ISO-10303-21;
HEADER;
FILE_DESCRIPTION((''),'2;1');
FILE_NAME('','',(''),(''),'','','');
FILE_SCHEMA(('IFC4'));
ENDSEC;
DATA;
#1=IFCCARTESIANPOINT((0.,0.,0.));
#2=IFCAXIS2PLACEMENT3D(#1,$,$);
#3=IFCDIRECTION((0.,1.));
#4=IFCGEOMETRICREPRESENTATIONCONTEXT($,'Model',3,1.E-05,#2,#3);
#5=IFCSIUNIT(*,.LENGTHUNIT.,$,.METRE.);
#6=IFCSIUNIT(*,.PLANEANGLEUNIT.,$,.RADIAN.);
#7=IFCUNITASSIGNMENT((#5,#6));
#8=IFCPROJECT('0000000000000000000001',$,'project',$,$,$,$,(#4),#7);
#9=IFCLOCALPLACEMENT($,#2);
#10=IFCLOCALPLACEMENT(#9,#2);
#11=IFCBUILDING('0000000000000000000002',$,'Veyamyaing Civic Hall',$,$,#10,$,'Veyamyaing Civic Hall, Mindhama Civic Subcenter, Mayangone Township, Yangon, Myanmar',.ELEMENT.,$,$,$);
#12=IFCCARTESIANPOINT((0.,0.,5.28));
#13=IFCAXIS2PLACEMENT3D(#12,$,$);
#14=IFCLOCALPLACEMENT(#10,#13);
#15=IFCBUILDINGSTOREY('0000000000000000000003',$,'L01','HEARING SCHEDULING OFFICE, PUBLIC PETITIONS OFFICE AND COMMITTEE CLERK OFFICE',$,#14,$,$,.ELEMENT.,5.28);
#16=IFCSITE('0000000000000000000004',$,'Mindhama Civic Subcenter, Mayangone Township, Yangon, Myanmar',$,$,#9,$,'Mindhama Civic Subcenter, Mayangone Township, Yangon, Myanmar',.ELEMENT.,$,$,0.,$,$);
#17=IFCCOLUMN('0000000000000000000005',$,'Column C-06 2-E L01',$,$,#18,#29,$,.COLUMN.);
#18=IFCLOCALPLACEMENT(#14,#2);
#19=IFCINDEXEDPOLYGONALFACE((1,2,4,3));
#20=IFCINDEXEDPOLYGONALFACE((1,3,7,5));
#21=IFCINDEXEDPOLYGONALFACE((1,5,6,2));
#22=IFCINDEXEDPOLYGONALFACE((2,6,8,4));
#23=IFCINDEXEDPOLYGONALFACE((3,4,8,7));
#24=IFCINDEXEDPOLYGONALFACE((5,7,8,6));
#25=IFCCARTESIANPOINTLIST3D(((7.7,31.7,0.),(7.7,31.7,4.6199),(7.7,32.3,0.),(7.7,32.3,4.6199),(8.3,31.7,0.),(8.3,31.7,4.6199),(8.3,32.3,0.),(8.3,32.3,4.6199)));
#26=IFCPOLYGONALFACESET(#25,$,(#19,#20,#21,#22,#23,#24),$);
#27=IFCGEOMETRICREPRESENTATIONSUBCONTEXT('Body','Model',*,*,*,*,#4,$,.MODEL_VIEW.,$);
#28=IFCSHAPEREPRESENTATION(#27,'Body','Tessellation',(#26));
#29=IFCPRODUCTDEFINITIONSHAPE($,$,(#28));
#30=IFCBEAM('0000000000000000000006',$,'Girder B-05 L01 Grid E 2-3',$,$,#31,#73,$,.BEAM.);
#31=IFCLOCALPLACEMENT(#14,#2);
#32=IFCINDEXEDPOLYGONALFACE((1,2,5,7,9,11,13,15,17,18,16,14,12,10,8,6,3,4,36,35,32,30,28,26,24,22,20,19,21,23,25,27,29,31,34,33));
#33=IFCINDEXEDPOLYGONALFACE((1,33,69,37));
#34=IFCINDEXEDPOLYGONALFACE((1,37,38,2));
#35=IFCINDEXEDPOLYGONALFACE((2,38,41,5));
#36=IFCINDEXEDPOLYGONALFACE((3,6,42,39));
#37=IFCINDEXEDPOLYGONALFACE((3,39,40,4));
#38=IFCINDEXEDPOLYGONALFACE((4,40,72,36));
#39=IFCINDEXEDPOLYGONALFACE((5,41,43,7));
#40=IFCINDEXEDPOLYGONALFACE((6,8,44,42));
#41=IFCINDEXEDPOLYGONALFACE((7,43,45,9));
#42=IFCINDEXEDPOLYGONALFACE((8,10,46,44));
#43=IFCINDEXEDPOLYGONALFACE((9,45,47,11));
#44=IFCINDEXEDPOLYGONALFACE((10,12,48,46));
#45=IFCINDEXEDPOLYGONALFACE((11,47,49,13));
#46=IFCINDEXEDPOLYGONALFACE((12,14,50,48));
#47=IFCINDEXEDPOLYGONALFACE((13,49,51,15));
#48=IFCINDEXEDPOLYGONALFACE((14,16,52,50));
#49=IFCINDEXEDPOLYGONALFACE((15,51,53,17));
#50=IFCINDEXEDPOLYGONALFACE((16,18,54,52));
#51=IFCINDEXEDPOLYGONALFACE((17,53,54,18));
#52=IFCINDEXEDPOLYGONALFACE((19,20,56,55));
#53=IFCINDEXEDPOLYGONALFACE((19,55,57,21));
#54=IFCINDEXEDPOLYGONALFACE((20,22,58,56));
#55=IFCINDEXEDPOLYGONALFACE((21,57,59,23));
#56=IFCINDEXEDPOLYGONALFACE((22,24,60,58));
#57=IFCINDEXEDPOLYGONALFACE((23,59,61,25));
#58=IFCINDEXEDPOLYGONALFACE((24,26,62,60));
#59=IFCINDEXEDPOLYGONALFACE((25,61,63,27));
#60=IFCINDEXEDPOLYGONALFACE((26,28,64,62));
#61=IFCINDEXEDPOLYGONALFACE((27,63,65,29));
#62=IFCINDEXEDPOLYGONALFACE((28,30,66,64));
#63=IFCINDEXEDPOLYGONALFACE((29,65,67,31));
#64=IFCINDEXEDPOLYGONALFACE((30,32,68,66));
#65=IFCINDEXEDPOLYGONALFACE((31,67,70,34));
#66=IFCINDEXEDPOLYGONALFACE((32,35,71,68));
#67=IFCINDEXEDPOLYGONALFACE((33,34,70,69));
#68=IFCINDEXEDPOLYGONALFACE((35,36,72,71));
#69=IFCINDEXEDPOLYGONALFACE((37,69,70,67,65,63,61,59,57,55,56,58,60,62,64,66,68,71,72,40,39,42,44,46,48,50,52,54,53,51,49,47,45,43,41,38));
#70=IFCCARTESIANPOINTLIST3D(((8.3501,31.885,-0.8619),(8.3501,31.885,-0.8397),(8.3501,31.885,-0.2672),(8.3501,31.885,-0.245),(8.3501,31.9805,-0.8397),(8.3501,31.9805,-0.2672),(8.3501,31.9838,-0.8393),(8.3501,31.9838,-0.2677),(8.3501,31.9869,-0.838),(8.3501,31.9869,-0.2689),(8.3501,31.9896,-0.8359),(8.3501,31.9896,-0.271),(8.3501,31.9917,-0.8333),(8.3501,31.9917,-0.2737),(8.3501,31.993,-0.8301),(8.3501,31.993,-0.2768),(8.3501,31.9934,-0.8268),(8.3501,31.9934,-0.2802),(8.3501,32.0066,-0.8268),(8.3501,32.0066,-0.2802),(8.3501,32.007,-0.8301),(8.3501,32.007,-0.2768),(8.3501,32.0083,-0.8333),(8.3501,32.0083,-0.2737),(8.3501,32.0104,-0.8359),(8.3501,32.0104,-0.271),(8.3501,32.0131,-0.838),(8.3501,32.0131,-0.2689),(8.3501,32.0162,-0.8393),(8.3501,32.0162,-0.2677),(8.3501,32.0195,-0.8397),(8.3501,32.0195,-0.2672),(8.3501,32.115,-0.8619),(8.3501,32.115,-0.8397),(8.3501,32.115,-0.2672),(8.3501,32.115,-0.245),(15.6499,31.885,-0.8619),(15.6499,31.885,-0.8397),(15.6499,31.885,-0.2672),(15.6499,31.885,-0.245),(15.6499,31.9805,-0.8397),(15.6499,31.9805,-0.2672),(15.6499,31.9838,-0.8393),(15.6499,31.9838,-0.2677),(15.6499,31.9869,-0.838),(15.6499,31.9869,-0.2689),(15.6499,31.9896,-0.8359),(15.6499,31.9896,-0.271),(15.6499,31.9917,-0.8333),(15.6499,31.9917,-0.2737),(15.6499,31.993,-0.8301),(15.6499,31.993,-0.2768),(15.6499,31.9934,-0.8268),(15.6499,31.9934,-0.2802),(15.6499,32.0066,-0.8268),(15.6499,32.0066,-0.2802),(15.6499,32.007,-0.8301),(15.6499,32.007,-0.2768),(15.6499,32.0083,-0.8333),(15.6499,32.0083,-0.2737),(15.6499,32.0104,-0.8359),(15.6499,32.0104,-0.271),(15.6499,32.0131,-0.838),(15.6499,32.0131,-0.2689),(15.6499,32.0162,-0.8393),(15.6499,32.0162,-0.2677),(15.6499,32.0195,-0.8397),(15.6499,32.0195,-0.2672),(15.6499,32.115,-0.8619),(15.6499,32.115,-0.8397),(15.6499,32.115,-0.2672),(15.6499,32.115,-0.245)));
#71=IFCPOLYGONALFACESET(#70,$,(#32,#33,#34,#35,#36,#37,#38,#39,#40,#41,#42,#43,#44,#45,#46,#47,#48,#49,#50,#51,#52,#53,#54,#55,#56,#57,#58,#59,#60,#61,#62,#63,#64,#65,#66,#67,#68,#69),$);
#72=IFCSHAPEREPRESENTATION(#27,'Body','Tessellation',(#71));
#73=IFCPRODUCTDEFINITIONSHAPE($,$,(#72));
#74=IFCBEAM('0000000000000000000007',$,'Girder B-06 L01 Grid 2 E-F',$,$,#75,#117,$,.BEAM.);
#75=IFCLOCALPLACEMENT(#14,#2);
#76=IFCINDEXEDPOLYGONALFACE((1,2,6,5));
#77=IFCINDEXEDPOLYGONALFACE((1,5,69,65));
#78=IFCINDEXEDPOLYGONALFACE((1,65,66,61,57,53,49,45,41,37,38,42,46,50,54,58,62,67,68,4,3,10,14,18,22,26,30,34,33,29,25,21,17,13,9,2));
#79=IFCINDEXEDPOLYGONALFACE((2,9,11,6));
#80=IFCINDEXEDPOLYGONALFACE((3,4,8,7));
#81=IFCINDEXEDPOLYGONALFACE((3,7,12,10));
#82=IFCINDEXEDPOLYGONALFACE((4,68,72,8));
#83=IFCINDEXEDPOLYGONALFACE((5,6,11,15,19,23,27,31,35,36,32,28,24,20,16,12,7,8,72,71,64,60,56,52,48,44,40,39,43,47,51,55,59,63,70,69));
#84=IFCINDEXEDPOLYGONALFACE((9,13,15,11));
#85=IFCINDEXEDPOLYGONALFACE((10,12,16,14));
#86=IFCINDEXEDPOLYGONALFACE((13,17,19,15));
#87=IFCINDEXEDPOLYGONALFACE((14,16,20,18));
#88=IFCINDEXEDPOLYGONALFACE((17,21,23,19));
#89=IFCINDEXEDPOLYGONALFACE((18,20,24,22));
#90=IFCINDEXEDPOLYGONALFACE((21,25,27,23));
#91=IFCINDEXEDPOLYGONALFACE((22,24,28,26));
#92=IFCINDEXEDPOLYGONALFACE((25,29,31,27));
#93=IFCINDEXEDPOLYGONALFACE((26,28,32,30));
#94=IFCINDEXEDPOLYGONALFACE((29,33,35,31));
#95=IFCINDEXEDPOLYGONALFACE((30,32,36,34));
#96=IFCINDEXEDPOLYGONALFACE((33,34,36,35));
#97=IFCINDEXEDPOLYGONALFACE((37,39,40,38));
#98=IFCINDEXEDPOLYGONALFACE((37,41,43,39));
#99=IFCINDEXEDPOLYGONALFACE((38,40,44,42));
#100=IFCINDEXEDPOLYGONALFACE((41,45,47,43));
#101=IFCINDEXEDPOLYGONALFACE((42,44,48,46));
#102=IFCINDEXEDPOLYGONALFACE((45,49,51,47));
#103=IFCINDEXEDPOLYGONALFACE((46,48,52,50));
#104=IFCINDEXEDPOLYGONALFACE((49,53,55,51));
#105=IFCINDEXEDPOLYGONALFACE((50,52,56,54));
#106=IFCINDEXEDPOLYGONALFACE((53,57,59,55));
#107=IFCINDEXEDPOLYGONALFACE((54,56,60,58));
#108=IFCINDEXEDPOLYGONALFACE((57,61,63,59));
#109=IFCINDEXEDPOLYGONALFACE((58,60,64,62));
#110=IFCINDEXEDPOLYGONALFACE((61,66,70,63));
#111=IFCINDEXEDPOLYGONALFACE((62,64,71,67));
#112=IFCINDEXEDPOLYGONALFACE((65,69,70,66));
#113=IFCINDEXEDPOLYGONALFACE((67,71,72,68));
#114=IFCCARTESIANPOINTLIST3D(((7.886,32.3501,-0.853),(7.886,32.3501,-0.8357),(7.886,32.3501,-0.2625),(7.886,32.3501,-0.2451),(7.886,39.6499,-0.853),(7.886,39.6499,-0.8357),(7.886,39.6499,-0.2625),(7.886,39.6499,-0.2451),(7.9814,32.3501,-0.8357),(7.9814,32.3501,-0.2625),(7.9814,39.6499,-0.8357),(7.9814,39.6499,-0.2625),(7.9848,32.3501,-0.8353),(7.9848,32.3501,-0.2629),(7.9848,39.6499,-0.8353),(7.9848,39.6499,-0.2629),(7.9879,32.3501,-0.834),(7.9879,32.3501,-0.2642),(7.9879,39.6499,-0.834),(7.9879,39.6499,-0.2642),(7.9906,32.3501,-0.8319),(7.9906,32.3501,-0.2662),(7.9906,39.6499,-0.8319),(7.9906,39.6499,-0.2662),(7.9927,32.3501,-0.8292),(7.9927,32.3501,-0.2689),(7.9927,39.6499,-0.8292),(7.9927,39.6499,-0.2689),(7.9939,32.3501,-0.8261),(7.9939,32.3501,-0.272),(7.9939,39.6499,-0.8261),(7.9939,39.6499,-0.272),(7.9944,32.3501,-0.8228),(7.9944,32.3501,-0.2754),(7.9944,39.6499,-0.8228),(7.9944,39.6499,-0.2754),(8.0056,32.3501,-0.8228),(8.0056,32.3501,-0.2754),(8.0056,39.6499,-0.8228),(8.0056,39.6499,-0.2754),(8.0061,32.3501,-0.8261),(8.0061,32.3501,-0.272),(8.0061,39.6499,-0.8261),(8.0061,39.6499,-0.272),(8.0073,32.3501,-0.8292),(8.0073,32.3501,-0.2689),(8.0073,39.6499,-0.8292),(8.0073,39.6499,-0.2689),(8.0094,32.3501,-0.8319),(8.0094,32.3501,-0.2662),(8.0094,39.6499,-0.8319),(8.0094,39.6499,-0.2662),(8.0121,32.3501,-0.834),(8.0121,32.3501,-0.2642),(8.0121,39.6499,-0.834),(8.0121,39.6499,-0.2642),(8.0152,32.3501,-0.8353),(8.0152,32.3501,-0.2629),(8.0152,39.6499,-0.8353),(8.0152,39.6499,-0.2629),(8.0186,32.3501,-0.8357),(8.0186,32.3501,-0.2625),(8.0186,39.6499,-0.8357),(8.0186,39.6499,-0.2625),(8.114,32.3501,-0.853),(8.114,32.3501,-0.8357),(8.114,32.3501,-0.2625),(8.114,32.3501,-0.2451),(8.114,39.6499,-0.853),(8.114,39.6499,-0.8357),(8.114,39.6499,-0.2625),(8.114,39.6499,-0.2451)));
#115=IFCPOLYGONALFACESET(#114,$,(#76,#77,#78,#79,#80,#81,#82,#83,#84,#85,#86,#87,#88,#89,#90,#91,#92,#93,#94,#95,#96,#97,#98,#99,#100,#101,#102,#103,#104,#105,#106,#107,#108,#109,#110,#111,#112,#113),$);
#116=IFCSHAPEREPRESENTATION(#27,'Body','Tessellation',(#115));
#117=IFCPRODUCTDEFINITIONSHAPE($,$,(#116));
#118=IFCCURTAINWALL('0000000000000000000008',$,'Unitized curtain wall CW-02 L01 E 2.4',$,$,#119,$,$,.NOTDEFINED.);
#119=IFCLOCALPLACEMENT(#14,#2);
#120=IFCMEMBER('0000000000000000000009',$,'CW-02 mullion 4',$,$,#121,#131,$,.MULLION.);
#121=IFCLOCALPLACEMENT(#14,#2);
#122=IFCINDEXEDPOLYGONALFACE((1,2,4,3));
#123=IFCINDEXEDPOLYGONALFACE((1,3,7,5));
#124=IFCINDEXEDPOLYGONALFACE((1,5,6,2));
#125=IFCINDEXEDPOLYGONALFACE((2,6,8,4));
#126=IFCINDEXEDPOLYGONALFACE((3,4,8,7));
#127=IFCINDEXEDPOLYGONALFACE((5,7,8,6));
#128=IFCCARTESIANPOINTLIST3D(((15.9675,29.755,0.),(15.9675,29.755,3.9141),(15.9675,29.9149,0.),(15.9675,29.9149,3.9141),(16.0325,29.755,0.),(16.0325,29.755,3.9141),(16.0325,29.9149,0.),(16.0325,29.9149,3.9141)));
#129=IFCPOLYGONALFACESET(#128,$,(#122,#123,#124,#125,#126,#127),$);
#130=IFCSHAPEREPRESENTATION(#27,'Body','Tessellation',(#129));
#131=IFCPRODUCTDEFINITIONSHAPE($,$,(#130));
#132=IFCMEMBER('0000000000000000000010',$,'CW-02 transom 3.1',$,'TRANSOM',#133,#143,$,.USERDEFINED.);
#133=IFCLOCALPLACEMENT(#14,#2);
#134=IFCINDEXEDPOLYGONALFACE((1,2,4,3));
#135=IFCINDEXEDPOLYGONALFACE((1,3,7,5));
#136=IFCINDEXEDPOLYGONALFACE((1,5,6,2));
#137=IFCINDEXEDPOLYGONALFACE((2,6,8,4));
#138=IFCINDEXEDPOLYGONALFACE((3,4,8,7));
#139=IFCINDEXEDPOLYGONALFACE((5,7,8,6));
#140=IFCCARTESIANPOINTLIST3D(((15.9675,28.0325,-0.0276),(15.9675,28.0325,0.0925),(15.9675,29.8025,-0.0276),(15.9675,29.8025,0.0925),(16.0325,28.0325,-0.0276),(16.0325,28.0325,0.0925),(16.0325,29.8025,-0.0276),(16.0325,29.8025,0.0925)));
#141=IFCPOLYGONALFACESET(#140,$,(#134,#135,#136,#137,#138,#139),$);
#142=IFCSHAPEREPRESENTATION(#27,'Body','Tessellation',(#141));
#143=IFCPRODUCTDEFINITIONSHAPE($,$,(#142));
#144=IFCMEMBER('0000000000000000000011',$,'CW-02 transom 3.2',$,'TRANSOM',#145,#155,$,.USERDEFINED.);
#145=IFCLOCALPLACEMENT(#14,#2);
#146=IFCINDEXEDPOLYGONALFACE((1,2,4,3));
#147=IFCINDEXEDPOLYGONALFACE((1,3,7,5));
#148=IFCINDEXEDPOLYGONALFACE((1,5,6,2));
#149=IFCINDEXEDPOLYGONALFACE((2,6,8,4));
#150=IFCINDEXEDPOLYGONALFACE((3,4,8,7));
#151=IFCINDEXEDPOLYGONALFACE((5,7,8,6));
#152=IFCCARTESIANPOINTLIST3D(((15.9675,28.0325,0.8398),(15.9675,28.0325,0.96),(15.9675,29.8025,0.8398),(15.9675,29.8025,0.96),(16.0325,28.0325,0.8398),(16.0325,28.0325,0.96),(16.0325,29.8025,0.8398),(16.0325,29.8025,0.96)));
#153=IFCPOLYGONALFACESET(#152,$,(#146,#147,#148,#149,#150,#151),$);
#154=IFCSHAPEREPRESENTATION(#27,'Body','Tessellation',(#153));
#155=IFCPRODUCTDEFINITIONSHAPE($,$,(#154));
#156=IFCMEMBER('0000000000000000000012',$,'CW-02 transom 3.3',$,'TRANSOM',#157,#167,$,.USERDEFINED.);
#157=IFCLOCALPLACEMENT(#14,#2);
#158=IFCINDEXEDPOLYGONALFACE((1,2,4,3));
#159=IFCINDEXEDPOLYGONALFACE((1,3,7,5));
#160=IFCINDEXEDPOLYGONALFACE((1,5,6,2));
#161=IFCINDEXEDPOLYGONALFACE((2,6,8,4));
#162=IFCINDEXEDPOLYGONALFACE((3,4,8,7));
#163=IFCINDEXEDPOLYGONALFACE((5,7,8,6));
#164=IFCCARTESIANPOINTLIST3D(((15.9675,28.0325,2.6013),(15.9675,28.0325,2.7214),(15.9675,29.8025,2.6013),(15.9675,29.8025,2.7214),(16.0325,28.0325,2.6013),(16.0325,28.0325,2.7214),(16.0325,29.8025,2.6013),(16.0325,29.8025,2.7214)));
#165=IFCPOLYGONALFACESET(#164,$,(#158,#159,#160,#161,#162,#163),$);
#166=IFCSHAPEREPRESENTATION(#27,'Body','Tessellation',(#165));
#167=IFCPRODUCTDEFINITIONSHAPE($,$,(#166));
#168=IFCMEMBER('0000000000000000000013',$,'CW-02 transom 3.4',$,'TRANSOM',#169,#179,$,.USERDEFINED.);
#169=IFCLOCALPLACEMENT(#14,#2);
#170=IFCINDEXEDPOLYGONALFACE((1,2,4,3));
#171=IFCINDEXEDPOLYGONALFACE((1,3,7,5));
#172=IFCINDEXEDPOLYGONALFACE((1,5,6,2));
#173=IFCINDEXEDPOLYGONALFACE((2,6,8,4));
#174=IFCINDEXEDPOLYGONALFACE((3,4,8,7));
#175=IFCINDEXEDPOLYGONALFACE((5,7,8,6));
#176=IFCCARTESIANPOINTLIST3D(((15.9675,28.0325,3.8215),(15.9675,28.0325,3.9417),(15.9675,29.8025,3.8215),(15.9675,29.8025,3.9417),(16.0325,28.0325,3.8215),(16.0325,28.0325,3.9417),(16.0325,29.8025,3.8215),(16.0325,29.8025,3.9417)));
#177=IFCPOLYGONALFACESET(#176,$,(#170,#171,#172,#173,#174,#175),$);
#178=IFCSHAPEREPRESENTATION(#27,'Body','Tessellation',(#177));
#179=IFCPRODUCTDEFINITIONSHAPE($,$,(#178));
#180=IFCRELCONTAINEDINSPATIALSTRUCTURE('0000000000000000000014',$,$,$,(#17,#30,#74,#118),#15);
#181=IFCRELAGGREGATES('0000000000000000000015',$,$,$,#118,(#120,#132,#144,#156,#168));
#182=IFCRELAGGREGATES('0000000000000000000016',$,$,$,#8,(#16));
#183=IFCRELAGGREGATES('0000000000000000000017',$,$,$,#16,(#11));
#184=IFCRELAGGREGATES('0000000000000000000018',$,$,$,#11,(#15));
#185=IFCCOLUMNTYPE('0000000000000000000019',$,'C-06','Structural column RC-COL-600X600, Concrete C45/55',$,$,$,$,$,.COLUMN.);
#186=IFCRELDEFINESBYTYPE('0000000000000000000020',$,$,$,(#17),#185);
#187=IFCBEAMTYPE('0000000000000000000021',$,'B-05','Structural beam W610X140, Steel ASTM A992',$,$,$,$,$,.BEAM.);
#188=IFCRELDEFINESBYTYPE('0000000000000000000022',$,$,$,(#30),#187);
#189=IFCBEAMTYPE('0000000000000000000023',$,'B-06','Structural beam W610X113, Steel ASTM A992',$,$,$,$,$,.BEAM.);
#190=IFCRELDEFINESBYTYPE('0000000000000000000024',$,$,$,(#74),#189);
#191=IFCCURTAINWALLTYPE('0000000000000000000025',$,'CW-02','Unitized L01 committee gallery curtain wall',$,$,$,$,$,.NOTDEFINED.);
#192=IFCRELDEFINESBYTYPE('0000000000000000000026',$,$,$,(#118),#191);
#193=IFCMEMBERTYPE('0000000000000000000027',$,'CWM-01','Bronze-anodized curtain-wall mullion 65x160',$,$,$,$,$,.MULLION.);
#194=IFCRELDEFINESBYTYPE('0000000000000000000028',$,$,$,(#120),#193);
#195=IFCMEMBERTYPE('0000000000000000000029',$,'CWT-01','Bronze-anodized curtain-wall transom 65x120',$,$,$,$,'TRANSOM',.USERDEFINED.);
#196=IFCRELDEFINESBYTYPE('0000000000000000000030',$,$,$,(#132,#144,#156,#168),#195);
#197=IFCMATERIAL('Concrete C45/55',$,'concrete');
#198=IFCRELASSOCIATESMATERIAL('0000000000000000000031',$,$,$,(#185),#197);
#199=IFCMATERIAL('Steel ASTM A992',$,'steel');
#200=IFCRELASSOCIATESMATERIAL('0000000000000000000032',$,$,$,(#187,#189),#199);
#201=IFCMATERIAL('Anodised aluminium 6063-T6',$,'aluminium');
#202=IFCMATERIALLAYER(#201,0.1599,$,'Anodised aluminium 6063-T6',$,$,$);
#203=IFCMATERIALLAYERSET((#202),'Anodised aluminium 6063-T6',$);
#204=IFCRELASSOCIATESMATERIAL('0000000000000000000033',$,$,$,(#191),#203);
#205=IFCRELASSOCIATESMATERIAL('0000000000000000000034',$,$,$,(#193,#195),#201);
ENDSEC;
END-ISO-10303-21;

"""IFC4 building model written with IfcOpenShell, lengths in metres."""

from ifc_helpers import new_model, si_unit, direction, frame, origin, origin_2d, place, context, subcontext, project, spatial, rectangle, i_section, extrude, material, layer, layer_set, material_profile, profile_set, type_object, element, aggregate, save


model = new_model("IFC4")

# Units and contexts
model_context = context("Model", 3, precision=1e-05, world=origin(), true_north=direction((0.0, 1.0)))
body_context = subcontext(model_context, "Body", "Model", "MODEL_VIEW")
ifc_project = project(units=[si_unit("LENGTHUNIT", "METRE"), si_unit("PLANEANGLEUNIT", "RADIAN")], contexts=[model_context])

# Site, building, storey
site_placement = place(None, origin())
site = spatial("IfcSite", under=ifc_project, at=site_placement, Name="Mindhama Civic Subcenter, Mayangone Township, Yangon, Myanmar", LongName="Mindhama Civic Subcenter, Mayangone Township, Yangon, Myanmar", CompositionType="ELEMENT", RefElevation=0.0)
building_placement = place(site_placement, origin())
building = spatial("IfcBuilding", under=site, at=building_placement, Name="Veyamyaing Civic Hall", LongName="Veyamyaing Civic Hall, Mindhama Civic Subcenter, Mayangone Township, Yangon, Myanmar", CompositionType="ELEMENT")
storey_placement = place(building_placement, frame((0.0, 0.0, 5.28)))
storey = spatial("IfcBuildingStorey", under=building, at=storey_placement, Name="L01", Description="HEARING SCHEDULING OFFICE, PUBLIC PETITIONS OFFICE AND COMMITTEE CLERK OFFICE", CompositionType="ELEMENT", Elevation=5.28)

# Column
ifc_material_1 = material(Name="Concrete C45/55", Category="concrete")
ifc_material_profile_1 = material_profile(ifc_material_1, rectangle(XDim=0.6001, YDim=0.6001, at=origin_2d()), Name="RC-COL-600X600")
ifc_profile_set_1 = profile_set([ifc_material_profile_1], Name="Concrete C45/55")
column_type = type_object("IfcColumnType", Name="C-06", Description="Structural column RC-COL-600X600, Concrete C45/55", PredefinedType="COLUMN", material=ifc_profile_set_1)
column_placement = place(storey_placement, frame((8.0, 32.0, 0.0), z_axis=(0.0, 0.0, 1.0), x_axis=(1.0, 0.0, 0.0)))
element("IfcColumn", 1, at=column_placement, inside=storey, type_object=column_type, Name="Column C-06 2-E L01", PredefinedType="COLUMN", context=body_context, shape_type="SweptSolid", body=[
    extrude(rectangle(XDim=0.6001, YDim=0.6001, at=origin_2d()), origin(), (0.0, 0.0, 1.0), 4.6199),
])

# Beams
ifc_material_2 = material(Name="Steel ASTM A992", Category="steel")
ifc_material_profile_2 = material_profile(ifc_material_2, i_section(OverallWidth=0.23, OverallDepth=0.6169, WebThickness=0.0132, FlangeThickness=0.0222, FilletRadius=0.0129, at=origin_2d()), Name="W610X140")
ifc_profile_set_2 = profile_set([ifc_material_profile_2], Name="Steel ASTM A992")
beam_type_1 = type_object("IfcBeamType", Name="B-05", Description="Structural beam W610X140, Steel ASTM A992", PredefinedType="BEAM", material=ifc_profile_set_2)
beam_1_placement = place(storey_placement, frame((8.3501, 32.0, -0.5535), z_axis=(1.0, 0.0, 0.0), x_axis=(0.0, 1.0, 0.0)))
element("IfcBeam", 2, at=beam_1_placement, inside=storey, type_object=beam_type_1, Name="Girder B-05 L01 Grid E 2-3", PredefinedType="BEAM", context=body_context, shape_type="SweptSolid", body=[
    extrude(i_section(OverallWidth=0.23, OverallDepth=0.6169, WebThickness=0.0132, FlangeThickness=0.0222, FilletRadius=0.0129, at=origin_2d()), origin(), (0.0, 0.0, 1.0), 7.2998),
])
ifc_material_profile_3 = material_profile(ifc_material_2, i_section(OverallWidth=0.228, OverallDepth=0.6079, WebThickness=0.0112, FlangeThickness=0.0173, FilletRadius=0.0129, at=origin_2d()), Name="W610X113")
ifc_profile_set_3 = profile_set([ifc_material_profile_3], Name="Steel ASTM A992")
beam_type_2 = type_object("IfcBeamType", Name="B-06", Description="Structural beam W610X113, Steel ASTM A992", PredefinedType="BEAM", material=ifc_profile_set_3)
beam_2_placement = place(storey_placement, frame((8.0, 32.3501, -0.5491), z_axis=(0.0, 1.0, 0.0), x_axis=(-1.0, 0.0, 0.0)))
element("IfcBeam", 3, at=beam_2_placement, inside=storey, type_object=beam_type_2, Name="Girder B-06 L01 Grid 2 E-F", PredefinedType="BEAM", context=body_context, shape_type="SweptSolid", body=[
    extrude(i_section(OverallWidth=0.228, OverallDepth=0.6079, WebThickness=0.0112, FlangeThickness=0.0173, FilletRadius=0.0129, at=origin_2d()), origin(), (0.0, 0.0, 1.0), 7.2998),
])

# Curtain wall, members
ifc_material_3 = material(Name="Anodised aluminium 6063-T6", Category="aluminium")
ifc_layer_1 = layer(ifc_material_3, 0.1599, Name="Anodised aluminium 6063-T6")
ifc_layer_set_1 = layer_set([ifc_layer_1], Name="Anodised aluminium 6063-T6")
curtain_wall_type = type_object("IfcCurtainWallType", Name="CW-02", Description="Unitized L01 committee gallery curtain wall", PredefinedType="NOTDEFINED", material=ifc_layer_set_1)
curtain_wall_placement = place(storey_placement, origin())
curtain_wall = element("IfcCurtainWall", 4, at=curtain_wall_placement, inside=storey, type_object=curtain_wall_type, Name="Unitized curtain wall CW-02 L01 E 2.4", PredefinedType="NOTDEFINED")
ifc_material_profile_4 = material_profile(ifc_material_3, rectangle(XDim=0.0649, YDim=0.1599, at=origin_2d()), Name="ALU-MUL-65X160")
ifc_profile_set_4 = profile_set([ifc_material_profile_4], Name="Anodised aluminium 6063-T6")
member_type_1 = type_object("IfcMemberType", Name="CWM-01", Description="Bronze-anodized curtain-wall mullion 65x160", PredefinedType="MULLION", material=ifc_profile_set_4)
member_1_placement = place(storey_placement, frame((16.0, 29.835, 0.0), z_axis=(0.0, 0.0, 1.0), x_axis=(-1.0, 0.0, 0.0)))
member_1 = element("IfcMember", 5, at=member_1_placement, type_object=member_type_1, Name="CW-02 mullion 4", PredefinedType="MULLION", context=body_context, shape_type="SweptSolid", body=[
    extrude(rectangle(XDim=0.0649, YDim=0.1599, at=origin_2d()), origin(), (0.0, 0.0, 1.0), 3.9141),
])
ifc_material_profile_5 = material_profile(ifc_material_3, rectangle(XDim=0.0649, YDim=0.1201, at=origin_2d()), Name="ALU-TRN-65X120")
ifc_profile_set_5 = profile_set([ifc_material_profile_5], Name="Anodised aluminium 6063-T6")
member_type_2 = type_object("IfcMemberType", Name="CWT-01", Description="Bronze-anodized curtain-wall transom 65x120", ElementType="TRANSOM", PredefinedType="USERDEFINED", material=ifc_profile_set_5)
member_2_placement = place(storey_placement, frame((16.0, 28.0325, 0.0325), z_axis=(0.0, 1.0, 0.0), x_axis=(-1.0, 0.0, 0.0)))
member_2 = element("IfcMember", 6, at=member_2_placement, type_object=member_type_2, Name="CW-02 transom 3.1", ObjectType="TRANSOM", PredefinedType="USERDEFINED", context=body_context, shape_type="SweptSolid", body=[
    extrude(rectangle(XDim=0.0649, YDim=0.1201, at=origin_2d()), origin(), (0.0, 0.0, 1.0), 1.77),
])
member_3_placement = place(storey_placement, frame((16.0, 28.0325, 0.8999), z_axis=(0.0, 1.0, 0.0), x_axis=(-1.0, 0.0, 0.0)))
member_3 = element("IfcMember", 7, at=member_3_placement, type_object=member_type_2, Name="CW-02 transom 3.2", ObjectType="TRANSOM", PredefinedType="USERDEFINED", context=body_context, shape_type="SweptSolid", body=[
    extrude(rectangle(XDim=0.0649, YDim=0.1201, at=origin_2d()), origin(), (0.0, 0.0, 1.0), 1.77),
])
member_4_placement = place(storey_placement, frame((16.0, 28.0325, 2.6614), z_axis=(0.0, 1.0, 0.0), x_axis=(-1.0, 0.0, 0.0)))
member_4 = element("IfcMember", 8, at=member_4_placement, type_object=member_type_2, Name="CW-02 transom 3.3", ObjectType="TRANSOM", PredefinedType="USERDEFINED", context=body_context, shape_type="SweptSolid", body=[
    extrude(rectangle(XDim=0.0649, YDim=0.1201, at=origin_2d()), origin(), (0.0, 0.0, 1.0), 1.77),
])
member_5_placement = place(storey_placement, frame((16.0, 28.0325, 3.8816), z_axis=(0.0, 1.0, 0.0), x_axis=(-1.0, 0.0, 0.0)))
member_5 = element("IfcMember", 9, at=member_5_placement, type_object=member_type_2, Name="CW-02 transom 3.4", ObjectType="TRANSOM", PredefinedType="USERDEFINED", context=body_context, shape_type="SweptSolid", body=[
    extrude(rectangle(XDim=0.0649, YDim=0.1201, at=origin_2d()), origin(), (0.0, 0.0, 1.0), 1.77),
])

aggregate(curtain_wall, [member_1, member_2, member_3, member_4, member_5])

save(model, "model.ifc")
